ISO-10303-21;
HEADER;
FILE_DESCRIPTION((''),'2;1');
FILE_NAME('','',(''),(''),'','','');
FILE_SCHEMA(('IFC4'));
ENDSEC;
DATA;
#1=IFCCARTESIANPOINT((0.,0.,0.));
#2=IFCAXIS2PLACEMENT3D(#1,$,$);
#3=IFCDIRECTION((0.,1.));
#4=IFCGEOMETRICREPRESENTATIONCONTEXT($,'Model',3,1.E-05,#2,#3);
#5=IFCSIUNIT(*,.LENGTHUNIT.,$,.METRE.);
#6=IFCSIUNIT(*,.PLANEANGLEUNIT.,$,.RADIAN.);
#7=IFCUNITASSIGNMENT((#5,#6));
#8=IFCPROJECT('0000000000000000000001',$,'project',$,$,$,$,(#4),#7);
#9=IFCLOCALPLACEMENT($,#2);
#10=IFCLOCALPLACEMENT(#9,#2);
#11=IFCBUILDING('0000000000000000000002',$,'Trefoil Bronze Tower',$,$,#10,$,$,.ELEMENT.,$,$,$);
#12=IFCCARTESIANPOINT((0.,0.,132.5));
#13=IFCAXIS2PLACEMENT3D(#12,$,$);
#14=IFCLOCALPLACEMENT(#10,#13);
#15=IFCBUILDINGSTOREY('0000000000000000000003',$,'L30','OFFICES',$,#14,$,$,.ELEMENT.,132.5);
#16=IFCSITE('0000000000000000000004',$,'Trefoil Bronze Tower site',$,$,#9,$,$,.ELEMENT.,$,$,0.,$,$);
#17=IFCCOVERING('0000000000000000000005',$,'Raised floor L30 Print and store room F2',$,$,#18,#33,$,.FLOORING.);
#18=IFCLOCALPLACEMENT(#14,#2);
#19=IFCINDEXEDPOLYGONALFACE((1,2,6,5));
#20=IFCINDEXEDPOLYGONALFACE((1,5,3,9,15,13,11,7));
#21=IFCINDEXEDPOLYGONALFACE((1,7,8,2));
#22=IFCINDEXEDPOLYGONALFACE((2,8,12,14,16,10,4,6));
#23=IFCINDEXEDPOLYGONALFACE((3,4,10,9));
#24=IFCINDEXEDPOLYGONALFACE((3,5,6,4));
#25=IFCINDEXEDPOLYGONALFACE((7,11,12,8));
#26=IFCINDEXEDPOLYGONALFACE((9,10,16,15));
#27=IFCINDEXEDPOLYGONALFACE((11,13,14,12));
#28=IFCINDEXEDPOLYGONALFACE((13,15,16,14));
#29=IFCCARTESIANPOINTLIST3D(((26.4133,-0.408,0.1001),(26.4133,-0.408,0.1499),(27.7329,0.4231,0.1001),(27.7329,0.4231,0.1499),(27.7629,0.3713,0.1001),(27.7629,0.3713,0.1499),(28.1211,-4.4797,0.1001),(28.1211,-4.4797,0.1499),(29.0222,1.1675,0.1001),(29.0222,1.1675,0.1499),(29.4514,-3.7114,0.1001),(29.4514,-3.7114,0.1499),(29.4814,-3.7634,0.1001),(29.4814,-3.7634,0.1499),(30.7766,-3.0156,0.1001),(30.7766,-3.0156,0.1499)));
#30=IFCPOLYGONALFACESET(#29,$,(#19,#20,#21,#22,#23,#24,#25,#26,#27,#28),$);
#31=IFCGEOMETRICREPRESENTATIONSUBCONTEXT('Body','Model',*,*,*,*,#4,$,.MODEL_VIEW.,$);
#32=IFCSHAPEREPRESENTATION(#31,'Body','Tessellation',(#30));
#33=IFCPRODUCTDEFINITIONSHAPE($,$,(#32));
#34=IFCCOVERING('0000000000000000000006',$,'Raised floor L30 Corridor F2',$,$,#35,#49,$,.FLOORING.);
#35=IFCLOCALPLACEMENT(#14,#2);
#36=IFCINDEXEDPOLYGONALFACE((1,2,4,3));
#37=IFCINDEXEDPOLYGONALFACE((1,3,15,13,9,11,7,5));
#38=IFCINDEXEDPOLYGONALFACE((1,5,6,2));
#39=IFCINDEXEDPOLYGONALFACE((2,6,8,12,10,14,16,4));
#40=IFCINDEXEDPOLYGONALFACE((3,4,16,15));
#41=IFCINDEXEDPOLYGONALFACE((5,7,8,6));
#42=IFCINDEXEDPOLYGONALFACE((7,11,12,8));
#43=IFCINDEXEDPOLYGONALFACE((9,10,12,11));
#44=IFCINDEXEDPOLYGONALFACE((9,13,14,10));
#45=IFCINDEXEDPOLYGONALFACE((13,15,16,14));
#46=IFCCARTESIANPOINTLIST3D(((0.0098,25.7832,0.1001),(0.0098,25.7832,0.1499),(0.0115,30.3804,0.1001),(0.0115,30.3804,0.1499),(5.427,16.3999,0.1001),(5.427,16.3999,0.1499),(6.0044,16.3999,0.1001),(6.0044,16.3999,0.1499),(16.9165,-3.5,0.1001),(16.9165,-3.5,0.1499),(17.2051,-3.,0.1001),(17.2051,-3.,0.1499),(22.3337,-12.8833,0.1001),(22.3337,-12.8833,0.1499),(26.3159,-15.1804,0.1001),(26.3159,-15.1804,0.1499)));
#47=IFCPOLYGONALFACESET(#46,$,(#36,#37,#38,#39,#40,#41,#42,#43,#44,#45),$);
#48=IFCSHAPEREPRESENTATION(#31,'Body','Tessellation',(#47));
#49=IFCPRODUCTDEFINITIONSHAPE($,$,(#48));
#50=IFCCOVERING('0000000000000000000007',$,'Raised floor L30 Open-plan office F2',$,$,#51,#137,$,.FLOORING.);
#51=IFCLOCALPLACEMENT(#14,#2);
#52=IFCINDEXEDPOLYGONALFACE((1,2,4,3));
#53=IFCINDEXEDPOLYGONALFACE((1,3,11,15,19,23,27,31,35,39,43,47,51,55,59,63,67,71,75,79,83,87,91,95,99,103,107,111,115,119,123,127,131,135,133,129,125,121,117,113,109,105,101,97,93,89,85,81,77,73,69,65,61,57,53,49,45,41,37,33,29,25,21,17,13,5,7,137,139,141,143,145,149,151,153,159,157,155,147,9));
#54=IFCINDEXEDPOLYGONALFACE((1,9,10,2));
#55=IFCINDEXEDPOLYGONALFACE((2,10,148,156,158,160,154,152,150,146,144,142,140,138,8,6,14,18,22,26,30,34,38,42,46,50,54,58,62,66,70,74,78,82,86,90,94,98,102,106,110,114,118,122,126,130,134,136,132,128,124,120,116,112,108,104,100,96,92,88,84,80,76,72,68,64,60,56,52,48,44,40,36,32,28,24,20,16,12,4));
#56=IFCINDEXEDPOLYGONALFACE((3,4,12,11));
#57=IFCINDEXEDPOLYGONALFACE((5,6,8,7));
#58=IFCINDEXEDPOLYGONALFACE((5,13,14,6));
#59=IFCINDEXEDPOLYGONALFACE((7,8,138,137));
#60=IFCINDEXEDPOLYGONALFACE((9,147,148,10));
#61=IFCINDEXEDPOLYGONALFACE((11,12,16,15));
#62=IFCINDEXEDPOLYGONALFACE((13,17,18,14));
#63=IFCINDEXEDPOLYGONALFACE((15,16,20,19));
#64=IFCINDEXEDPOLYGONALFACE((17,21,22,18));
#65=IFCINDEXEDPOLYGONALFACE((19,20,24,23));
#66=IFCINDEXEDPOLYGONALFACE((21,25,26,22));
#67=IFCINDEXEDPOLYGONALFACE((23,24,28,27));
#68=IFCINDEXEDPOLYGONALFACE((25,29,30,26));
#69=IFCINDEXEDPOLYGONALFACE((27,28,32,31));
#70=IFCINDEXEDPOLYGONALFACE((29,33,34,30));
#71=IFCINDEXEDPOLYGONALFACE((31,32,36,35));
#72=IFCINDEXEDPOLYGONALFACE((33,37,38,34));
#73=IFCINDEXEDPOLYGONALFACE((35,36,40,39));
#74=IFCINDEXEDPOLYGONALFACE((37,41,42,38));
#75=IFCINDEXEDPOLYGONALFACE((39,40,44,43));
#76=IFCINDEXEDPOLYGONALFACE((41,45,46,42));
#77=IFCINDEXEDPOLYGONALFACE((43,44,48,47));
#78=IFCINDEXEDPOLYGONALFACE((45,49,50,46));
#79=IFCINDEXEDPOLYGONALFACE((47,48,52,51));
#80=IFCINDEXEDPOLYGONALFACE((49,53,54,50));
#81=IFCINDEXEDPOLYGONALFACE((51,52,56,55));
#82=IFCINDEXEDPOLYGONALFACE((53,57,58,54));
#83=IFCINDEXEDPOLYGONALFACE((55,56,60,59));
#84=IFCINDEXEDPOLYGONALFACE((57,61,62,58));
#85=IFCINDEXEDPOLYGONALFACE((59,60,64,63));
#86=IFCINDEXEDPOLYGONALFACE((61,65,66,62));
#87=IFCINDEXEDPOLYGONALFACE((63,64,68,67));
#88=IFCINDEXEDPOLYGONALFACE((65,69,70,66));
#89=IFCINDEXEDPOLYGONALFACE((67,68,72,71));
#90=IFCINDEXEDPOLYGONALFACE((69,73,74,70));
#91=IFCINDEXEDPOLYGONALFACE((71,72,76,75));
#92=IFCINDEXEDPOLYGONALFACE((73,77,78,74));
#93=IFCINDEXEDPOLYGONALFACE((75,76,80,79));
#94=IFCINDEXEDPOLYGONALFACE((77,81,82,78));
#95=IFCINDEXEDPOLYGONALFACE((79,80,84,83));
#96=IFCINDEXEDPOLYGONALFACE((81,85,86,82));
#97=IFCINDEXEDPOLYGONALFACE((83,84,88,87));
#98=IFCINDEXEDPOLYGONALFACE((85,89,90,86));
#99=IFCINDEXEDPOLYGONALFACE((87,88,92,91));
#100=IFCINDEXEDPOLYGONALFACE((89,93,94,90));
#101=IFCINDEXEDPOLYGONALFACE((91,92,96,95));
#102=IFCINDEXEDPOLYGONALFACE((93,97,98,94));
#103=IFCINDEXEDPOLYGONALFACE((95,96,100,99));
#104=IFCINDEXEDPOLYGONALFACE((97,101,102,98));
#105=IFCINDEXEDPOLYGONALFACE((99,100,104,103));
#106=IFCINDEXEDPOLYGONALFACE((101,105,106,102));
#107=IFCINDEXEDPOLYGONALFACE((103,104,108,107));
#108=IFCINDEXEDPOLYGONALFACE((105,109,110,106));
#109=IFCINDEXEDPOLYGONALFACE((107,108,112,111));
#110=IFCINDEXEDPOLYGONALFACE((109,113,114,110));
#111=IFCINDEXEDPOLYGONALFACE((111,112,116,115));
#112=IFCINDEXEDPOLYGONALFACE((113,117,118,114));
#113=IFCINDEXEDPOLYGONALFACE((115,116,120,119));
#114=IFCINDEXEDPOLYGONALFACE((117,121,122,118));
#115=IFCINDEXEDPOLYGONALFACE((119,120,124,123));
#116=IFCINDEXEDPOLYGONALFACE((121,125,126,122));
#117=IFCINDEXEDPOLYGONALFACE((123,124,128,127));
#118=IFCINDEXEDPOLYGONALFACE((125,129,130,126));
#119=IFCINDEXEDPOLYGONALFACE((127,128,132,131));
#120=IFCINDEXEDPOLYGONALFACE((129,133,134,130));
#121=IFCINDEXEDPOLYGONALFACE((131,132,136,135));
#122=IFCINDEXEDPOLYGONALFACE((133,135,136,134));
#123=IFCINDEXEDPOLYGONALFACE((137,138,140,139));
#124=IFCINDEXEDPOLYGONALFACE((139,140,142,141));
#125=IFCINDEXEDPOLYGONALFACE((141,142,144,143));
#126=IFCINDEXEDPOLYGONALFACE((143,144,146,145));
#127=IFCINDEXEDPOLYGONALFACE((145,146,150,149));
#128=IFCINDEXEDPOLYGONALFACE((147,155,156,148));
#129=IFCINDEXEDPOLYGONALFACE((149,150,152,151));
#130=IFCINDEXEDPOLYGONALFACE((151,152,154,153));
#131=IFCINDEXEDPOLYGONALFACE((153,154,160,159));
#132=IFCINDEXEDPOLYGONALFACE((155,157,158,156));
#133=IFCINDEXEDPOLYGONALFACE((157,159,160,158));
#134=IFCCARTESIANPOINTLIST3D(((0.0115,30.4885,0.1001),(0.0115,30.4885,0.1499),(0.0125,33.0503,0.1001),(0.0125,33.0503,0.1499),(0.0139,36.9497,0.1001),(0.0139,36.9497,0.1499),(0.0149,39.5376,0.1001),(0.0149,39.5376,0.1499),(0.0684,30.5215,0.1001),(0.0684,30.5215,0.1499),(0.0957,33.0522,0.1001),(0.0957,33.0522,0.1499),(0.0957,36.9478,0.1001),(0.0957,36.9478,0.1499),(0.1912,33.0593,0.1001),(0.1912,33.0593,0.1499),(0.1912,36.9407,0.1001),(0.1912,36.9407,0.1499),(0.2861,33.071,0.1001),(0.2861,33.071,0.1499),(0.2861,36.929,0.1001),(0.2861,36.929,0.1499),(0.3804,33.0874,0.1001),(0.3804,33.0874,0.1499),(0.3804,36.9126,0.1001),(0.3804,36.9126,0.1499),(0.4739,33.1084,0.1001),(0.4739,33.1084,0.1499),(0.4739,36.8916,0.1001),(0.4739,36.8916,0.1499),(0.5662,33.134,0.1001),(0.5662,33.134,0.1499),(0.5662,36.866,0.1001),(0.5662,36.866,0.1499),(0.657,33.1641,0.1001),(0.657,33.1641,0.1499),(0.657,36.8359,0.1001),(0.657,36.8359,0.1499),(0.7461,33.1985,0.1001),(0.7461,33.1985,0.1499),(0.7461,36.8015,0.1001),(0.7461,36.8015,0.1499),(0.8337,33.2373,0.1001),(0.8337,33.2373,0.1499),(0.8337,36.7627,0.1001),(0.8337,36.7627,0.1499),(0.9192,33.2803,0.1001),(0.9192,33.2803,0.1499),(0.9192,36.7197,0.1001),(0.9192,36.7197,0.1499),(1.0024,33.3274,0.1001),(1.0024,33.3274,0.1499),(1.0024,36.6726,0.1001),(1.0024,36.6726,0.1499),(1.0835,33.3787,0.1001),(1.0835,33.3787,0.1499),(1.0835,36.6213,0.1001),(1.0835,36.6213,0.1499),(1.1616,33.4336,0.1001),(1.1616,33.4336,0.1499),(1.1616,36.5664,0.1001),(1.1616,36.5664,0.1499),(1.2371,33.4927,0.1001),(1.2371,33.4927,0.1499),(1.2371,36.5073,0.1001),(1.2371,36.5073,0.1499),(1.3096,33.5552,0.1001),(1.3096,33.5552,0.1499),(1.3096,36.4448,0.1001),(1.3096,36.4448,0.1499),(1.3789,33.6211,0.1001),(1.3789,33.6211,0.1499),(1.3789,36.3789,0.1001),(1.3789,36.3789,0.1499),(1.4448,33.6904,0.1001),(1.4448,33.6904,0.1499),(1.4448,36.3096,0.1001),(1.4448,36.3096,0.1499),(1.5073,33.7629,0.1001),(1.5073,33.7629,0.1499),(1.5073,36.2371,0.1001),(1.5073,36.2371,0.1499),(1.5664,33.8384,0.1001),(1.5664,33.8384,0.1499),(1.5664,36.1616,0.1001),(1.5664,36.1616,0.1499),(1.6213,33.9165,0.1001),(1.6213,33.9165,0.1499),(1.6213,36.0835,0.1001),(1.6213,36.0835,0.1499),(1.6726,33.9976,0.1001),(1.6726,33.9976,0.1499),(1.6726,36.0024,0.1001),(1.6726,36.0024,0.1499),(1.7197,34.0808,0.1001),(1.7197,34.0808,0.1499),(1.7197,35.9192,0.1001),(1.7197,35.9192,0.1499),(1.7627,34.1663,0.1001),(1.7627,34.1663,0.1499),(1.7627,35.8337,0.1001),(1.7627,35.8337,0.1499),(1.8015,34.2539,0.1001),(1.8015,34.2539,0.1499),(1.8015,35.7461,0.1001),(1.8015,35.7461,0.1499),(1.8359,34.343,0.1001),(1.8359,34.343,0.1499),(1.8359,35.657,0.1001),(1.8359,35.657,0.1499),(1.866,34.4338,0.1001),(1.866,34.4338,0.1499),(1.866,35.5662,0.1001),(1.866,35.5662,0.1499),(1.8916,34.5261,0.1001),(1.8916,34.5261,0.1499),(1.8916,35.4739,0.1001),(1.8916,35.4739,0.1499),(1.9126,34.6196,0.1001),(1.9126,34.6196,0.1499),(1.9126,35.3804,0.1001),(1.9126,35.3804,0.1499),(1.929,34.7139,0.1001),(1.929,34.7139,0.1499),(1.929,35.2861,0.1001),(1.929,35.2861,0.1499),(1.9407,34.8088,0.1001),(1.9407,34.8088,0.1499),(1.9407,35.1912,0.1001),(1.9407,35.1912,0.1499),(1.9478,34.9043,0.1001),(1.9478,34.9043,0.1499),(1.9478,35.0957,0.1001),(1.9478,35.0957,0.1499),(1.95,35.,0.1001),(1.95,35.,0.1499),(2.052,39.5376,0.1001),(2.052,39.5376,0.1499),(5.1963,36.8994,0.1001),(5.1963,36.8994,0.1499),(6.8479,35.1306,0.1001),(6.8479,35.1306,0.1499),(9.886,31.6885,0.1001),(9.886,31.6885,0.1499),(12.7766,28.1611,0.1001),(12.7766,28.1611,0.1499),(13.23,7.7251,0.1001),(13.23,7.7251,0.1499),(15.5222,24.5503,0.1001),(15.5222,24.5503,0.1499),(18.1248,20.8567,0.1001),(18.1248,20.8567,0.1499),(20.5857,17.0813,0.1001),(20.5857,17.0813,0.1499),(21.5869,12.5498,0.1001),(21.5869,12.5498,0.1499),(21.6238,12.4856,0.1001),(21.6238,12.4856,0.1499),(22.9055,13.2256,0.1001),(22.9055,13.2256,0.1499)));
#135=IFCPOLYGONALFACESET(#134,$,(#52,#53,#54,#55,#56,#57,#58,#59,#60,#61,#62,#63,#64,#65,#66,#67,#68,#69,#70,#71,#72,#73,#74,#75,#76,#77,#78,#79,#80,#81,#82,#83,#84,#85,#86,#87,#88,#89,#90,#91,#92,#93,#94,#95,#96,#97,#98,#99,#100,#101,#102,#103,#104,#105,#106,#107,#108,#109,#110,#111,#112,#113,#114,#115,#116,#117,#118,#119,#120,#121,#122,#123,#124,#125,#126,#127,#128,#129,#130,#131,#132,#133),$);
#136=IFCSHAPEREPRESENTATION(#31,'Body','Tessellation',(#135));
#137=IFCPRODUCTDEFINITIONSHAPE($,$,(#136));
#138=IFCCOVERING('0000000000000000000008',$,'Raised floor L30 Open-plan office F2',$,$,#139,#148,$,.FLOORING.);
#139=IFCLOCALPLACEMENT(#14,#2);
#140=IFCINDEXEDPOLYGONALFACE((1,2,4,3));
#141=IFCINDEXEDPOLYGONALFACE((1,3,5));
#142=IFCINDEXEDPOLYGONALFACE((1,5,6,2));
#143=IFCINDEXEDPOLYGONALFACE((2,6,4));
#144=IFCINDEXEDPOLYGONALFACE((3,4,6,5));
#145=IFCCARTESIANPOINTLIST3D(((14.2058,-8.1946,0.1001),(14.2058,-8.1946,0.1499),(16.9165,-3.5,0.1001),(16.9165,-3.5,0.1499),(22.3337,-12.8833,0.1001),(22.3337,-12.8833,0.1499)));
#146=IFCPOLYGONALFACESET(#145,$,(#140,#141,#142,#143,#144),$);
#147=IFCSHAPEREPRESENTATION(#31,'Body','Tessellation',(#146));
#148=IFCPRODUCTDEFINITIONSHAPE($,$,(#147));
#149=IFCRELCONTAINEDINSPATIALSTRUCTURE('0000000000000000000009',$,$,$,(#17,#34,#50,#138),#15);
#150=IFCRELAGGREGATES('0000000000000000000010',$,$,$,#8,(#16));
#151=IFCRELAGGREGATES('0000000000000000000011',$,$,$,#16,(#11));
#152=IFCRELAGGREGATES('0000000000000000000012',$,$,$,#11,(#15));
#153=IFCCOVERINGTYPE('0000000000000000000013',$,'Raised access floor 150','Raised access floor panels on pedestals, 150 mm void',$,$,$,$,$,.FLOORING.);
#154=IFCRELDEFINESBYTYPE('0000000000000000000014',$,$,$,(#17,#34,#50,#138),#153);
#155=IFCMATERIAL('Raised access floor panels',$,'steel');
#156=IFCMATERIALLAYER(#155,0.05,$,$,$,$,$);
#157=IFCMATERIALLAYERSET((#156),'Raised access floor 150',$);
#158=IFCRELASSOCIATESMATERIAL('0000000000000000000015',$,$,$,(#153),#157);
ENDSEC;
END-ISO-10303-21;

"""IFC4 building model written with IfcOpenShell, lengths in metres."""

from ifc_helpers import new_model, si_unit, direction, frame, origin, place, context, subcontext, project, spatial, polyline, outline, extrude, material, layer, layer_set, type_object, element, save


model = new_model("IFC4")

# Units and contexts
model_context = context("Model", 3, precision=1e-05, world=origin(), true_north=direction((0.0, 1.0)))
body_context = subcontext(model_context, "Body", "Model", "MODEL_VIEW")
ifc_project = project(units=[si_unit("LENGTHUNIT", "METRE"), si_unit("PLANEANGLEUNIT", "RADIAN")], contexts=[model_context])

# Site, building, storey
site_placement = place(None, origin())
site = spatial("IfcSite", under=ifc_project, at=site_placement, Name="Trefoil Bronze Tower site", CompositionType="ELEMENT", RefElevation=0.0)
building_placement = place(site_placement, origin())
building = spatial("IfcBuilding", under=site, at=building_placement, Name="Trefoil Bronze Tower", CompositionType="ELEMENT")
storey_placement = place(building_placement, frame((0.0, 0.0, 132.5)))
storey = spatial("IfcBuildingStorey", under=building, at=storey_placement, Name="L30", Description="OFFICES", CompositionType="ELEMENT", Elevation=132.5)

# Coverings
ifc_material_1 = material(Name="Raised access floor panels", Category="steel")
ifc_layer_1 = layer(ifc_material_1, 0.05)
ifc_layer_set_1 = layer_set([ifc_layer_1], Name="Raised access floor 150")
covering_type_1 = type_object("IfcCoveringType", Name="Raised access floor 150", Description="Raised access floor panels on pedestals, 150 mm void", PredefinedType="FLOORING", material=ifc_layer_set_1)
covering_1_placement = place(storey_placement, frame((0.0, 0.0, 0.1001)))
element("IfcCovering", 1, at=covering_1_placement, inside=storey, type_object=covering_type_1, Name="Raised floor L30 Print and store room F2", PredefinedType="FLOORING", context=body_context, shape_type="SweptSolid", body=[
    extrude(outline(polyline([(29.0222, 1.1675), (30.7766, -3.0156), (29.4814, -3.7634), (29.4514, -3.7114), (28.1211, -4.4797), (26.4133, -0.408), (27.7629, 0.3713), (27.7329, 0.4231), (29.0222, 1.1675)])), origin(), (0.0, 0.0, 1.0), 0.0498),
])
covering_2_placement = place(storey_placement, frame((0.0, 0.0, 0.1001)))
element("IfcCovering", 2, at=covering_2_placement, inside=storey, type_object=covering_type_1, Name="Raised floor L30 Corridor F2", PredefinedType="FLOORING", context=body_context, shape_type="SweptSolid", body=[
    extrude(outline(polyline([(26.3159, -15.1804), (22.3337, -12.8833), (16.9165, -3.5), (17.2051, -3.0), (6.0044, 16.3999), (5.427, 16.3999), (0.0098, 25.7832), (0.0115, 30.3804), (26.3159, -15.1804)])), origin(), (0.0, 0.0, 1.0), 0.0498),
])
covering_3_placement = place(storey_placement, frame((0.0, 0.0, 0.1001)))
element("IfcCovering", 3, at=covering_3_placement, inside=storey, type_object=covering_type_1, Name="Raised floor L30 Open-plan office F2", PredefinedType="FLOORING", context=body_context, shape_type="SweptSolid", body=[
    extrude(outline(polyline([(12.7766, 28.1611), (15.5222, 24.5503), (18.1248, 20.8567), (20.5857, 17.0813), (22.9055, 13.2256), (21.6238, 12.4856), (21.5869, 12.5498), (13.23, 7.7251), (0.0684, 30.5215), (0.0115, 30.4885), (0.0125, 33.0503), (0.0957, 33.0522), (0.1912, 33.0593), (0.2861, 33.071), (0.3804, 33.0874), (0.4739, 33.1084), (0.5662, 33.134), (0.657, 33.1641), (0.7461, 33.1985), (0.8337, 33.2373), (0.9192, 33.2803), (1.0024, 33.3274), (1.0835, 33.3787), (1.1616, 33.4336), (1.2371, 33.4927), (1.3096, 33.5552), (1.3789, 33.6211), (1.4448, 33.6904), (1.5073, 33.7629), (1.5664, 33.8384), (1.6213, 33.9165), (1.6726, 33.9976), (1.7197, 34.0808), (1.7627, 34.1663), (1.8015, 34.2539), (1.8359, 34.343), (1.866, 34.4338), (1.8916, 34.5261), (1.9126, 34.6196), (1.929, 34.7139), (1.9407, 34.8088), (1.9478, 34.9043), (1.95, 35.0), (1.9478, 35.0957), (1.9407, 35.1912), (1.929, 35.2861), (1.9126, 35.3804), (1.8916, 35.4739), (1.866, 35.5662), (1.8359, 35.657), (1.8015, 35.7461), (1.7627, 35.8337), (1.7197, 35.9192), (1.6726, 36.0024), (1.6213, 36.0835), (1.5664, 36.1616), (1.5073, 36.2371), (1.4448, 36.3096), (1.3789, 36.3789), (1.3096, 36.4448), (1.2371, 36.5073), (1.1616, 36.5664), (1.0835, 36.6213), (1.0024, 36.6726), (0.9192, 36.7197), (0.8337, 36.7627), (0.7461, 36.8015), (0.657, 36.8359), (0.5662, 36.866), (0.4739, 36.8916), (0.3804, 36.9126), (0.2861, 36.929), (0.1912, 36.9407), (0.0957, 36.9478), (0.0139, 36.9497), (0.0149, 39.5376), (2.052, 39.5376), (5.1963, 36.8994), (6.8479, 35.1306), (9.886, 31.6885), (12.7766, 28.1611)])), origin(), (0.0, 0.0, 1.0), 0.0498),
])
covering_4_placement = place(storey_placement, frame((0.0, 0.0, 0.1001)))
element("IfcCovering", 4, at=covering_4_placement, inside=storey, type_object=covering_type_1, Name="Raised floor L30 Open-plan office F2", PredefinedType="FLOORING", context=body_context, shape_type="SweptSolid", body=[
    extrude(outline(polyline([(14.2058, -8.1946), (16.9165, -3.5), (22.3337, -12.8833), (14.2058, -8.1946)])), origin(), (0.0, 0.0, 1.0), 0.0498),
])

save(model, "model.ifc")
